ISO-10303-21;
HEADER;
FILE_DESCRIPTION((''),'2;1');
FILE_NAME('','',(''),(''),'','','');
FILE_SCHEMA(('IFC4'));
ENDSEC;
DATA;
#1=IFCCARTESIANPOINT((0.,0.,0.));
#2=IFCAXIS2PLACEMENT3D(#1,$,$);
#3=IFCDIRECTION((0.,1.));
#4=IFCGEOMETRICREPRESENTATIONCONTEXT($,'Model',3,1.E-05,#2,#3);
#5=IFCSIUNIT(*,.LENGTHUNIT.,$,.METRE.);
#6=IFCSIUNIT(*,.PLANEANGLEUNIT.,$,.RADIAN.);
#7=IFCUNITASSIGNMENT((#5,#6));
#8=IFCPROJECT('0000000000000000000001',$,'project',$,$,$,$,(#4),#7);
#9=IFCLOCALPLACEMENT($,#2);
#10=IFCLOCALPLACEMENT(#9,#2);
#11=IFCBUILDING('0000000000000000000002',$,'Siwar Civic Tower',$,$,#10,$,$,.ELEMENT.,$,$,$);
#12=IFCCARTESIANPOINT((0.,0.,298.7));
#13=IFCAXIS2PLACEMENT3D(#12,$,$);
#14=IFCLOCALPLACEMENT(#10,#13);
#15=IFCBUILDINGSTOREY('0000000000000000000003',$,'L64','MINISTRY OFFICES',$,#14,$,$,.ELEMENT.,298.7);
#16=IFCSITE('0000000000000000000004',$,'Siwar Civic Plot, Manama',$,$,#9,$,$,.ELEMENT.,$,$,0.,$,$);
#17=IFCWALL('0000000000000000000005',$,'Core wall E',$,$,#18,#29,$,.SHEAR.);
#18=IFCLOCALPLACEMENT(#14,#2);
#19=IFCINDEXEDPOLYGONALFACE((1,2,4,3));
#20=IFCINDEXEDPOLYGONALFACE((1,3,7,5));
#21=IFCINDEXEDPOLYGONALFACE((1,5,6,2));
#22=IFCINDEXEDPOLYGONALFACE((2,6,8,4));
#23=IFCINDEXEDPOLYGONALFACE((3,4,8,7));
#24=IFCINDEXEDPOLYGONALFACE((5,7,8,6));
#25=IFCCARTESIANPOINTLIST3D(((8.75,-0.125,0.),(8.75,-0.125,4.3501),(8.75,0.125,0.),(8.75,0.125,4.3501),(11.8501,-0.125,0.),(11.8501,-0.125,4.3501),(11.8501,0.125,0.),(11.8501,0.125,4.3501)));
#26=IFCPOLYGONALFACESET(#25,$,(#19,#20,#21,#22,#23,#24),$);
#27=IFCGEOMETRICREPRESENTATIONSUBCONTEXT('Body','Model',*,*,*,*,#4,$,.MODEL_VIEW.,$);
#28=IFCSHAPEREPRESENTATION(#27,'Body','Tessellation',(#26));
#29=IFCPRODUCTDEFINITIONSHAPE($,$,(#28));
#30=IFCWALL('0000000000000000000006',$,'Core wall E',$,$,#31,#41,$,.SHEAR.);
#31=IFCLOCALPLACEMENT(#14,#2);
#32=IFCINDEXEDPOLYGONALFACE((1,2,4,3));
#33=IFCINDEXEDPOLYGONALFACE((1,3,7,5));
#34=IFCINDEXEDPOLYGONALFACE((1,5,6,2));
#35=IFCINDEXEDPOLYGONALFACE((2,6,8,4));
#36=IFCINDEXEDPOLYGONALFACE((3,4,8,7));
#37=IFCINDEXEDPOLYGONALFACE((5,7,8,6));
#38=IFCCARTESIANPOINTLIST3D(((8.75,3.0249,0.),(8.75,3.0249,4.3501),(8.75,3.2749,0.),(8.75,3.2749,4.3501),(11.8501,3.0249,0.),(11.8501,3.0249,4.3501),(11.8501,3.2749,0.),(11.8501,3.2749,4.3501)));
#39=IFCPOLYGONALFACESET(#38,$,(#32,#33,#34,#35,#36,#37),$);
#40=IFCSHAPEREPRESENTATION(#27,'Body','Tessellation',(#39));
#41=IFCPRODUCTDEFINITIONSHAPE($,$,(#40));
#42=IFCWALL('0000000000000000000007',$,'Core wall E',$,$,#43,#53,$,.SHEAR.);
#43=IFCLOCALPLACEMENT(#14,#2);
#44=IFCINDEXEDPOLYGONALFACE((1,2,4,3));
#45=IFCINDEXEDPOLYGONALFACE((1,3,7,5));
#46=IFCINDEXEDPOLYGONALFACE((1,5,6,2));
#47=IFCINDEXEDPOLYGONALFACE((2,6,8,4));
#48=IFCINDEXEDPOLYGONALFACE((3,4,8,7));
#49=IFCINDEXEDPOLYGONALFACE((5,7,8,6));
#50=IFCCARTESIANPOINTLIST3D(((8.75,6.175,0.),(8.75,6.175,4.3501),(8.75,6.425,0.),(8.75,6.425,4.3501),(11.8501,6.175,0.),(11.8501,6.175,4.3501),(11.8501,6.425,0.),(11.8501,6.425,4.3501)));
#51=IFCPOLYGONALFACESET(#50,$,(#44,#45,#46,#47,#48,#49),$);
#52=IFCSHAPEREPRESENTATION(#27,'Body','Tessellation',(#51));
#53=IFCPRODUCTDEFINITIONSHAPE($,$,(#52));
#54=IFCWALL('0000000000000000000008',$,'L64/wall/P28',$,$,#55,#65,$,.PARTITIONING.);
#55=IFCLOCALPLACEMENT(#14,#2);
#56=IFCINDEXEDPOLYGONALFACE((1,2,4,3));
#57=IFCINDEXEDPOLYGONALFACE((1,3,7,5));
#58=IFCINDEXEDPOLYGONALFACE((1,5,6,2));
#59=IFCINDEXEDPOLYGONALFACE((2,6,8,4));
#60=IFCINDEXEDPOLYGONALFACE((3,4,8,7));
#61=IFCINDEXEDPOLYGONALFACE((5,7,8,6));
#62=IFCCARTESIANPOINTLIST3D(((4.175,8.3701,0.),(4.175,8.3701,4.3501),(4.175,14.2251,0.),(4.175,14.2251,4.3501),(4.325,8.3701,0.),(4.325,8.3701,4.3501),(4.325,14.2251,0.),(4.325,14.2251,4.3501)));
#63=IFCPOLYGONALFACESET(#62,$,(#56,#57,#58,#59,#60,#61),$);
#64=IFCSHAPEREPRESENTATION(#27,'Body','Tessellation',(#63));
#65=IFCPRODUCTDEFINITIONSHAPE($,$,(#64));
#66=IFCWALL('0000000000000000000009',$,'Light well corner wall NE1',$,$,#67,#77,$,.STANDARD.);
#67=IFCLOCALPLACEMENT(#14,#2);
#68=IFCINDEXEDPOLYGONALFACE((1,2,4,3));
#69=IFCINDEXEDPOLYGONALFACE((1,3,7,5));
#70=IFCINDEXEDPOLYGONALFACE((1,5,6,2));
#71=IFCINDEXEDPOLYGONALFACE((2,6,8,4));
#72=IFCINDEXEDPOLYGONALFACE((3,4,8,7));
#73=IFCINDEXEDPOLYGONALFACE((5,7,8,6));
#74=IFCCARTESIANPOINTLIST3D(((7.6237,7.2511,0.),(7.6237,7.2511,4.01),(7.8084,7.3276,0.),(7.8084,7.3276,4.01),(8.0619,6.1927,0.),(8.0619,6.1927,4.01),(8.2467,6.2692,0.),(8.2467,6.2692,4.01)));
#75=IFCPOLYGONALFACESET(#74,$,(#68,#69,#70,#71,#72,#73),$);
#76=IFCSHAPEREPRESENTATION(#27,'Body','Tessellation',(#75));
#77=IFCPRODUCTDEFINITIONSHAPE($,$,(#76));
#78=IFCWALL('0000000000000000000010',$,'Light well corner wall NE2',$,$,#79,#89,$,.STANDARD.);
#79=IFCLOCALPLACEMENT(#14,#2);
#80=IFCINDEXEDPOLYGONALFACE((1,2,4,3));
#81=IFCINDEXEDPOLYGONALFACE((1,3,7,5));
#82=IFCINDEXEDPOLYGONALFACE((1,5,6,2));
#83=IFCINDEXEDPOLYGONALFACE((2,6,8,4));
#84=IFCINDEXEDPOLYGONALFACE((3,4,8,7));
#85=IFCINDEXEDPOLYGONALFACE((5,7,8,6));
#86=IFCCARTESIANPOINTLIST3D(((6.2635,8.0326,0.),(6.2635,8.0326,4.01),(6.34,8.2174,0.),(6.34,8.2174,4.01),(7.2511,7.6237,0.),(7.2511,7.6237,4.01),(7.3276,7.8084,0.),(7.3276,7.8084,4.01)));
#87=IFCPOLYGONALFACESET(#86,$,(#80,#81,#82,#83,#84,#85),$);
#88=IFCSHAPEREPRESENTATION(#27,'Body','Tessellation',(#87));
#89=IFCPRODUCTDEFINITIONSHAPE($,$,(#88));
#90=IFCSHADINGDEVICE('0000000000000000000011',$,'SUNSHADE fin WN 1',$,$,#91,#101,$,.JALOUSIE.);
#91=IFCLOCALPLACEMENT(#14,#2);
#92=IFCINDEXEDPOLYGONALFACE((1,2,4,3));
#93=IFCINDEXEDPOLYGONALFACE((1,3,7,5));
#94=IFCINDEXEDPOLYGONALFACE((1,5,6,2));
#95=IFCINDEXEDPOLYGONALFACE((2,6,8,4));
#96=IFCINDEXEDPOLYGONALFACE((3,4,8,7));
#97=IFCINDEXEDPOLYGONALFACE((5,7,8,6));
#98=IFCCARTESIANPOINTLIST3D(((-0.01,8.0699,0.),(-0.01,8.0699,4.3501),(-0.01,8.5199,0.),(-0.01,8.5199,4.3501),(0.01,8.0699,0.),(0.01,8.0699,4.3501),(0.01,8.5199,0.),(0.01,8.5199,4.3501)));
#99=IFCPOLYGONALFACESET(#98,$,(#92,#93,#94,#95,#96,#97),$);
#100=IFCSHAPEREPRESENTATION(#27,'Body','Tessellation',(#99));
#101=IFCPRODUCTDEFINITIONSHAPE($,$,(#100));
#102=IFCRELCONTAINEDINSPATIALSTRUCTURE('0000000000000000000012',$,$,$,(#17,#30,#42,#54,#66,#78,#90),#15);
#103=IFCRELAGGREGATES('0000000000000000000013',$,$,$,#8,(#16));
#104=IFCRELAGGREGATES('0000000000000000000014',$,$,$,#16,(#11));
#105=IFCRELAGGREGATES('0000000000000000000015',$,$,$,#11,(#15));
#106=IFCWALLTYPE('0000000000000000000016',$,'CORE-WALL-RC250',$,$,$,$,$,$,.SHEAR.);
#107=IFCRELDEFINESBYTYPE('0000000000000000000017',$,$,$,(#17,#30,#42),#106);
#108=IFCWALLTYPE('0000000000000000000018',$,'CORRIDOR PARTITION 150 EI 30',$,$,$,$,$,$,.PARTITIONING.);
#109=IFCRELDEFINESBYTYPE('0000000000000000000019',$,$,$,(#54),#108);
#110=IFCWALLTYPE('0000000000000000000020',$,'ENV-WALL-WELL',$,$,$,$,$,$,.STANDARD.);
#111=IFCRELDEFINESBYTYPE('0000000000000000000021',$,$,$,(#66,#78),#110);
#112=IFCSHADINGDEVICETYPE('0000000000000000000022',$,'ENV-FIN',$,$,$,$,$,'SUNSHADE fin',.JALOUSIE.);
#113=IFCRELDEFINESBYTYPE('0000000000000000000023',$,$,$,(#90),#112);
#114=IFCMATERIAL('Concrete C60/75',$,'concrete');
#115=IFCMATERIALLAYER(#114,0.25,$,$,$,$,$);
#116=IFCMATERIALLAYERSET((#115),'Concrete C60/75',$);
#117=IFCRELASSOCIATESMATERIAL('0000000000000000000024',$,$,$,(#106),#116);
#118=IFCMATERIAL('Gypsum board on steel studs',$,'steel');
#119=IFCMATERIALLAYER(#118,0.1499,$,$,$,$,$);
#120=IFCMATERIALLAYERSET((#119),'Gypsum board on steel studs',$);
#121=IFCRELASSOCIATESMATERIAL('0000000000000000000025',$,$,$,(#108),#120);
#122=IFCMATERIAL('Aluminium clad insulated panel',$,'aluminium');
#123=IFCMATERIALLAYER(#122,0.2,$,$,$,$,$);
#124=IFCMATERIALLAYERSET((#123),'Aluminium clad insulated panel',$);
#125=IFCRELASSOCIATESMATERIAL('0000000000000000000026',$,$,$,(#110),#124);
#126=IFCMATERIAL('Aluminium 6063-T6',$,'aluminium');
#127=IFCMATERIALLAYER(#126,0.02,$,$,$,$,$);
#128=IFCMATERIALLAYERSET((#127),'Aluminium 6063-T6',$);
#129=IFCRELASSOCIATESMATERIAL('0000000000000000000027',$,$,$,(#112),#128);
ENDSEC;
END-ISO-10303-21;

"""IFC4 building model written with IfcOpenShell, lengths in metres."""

from ifc_helpers import new_model, si_unit, direction, frame, frame_2d, origin, origin_2d, place, context, subcontext, project, spatial, rectangle, extrude, material, layer, layer_set, type_object, element, save


model = new_model("IFC4")

# Units and contexts
model_context = context("Model", 3, precision=1e-05, world=origin(), true_north=direction((0.0, 1.0)))
body_context = subcontext(model_context, "Body", "Model", "MODEL_VIEW")
ifc_project = project(units=[si_unit("LENGTHUNIT", "METRE"), si_unit("PLANEANGLEUNIT", "RADIAN")], contexts=[model_context])

# Site, building, storey
site_placement = place(None, origin())
site = spatial("IfcSite", under=ifc_project, at=site_placement, Name="Siwar Civic Plot, Manama", CompositionType="ELEMENT", RefElevation=0.0)
building_placement = place(site_placement, origin())
building = spatial("IfcBuilding", under=site, at=building_placement, Name="Siwar Civic Tower", CompositionType="ELEMENT")
storey_placement = place(building_placement, frame((0.0, 0.0, 298.7)))
storey = spatial("IfcBuildingStorey", under=building, at=storey_placement, Name="L64", Description="MINISTRY OFFICES", CompositionType="ELEMENT", Elevation=298.7)

# Shared definitions
ifc_material_1 = material(Name="Concrete C60/75", Category="concrete")
ifc_layer_1 = layer(ifc_material_1, 0.25)
ifc_layer_set_1 = layer_set([ifc_layer_1], Name="Concrete C60/75")
wall_type_1 = type_object("IfcWallType", Name="CORE-WALL-RC250", PredefinedType="SHEAR", material=ifc_layer_set_1)

# Walls
for number, where, z_axis, x_axis, name in (
    (1, (8.75, 0.0, 0.0), (0.0, 0.0, 1.0), (1.0, 0.0, 0.0), "Core wall E"),
    (2, (8.75, 3.1499, 0.0), (0.0, 0.0, 1.0), (1.0, 0.0, 0.0), "Core wall E"),
    (3, (8.75, 6.3, 0.0), (0.0, 0.0, 1.0), (1.0, 0.0, 0.0), "Core wall E"),
):
    element("IfcWall", number, at=place(storey_placement, frame(where, z_axis=z_axis, x_axis=x_axis)), inside=storey, type_object=wall_type_1, Name=name, PredefinedType="SHEAR", context=body_context, shape_type="SweptSolid", body=[
        extrude(rectangle(XDim=3.1001, YDim=0.25, at=frame_2d((1.55, 0.0))), origin(), (0.0, 0.0, 1.0), 4.3501),
    ])
ifc_material_2 = material(Name="Gypsum board on steel studs", Category="steel")
ifc_layer_2 = layer(ifc_material_2, 0.1499)
ifc_layer_set_2 = layer_set([ifc_layer_2], Name="Gypsum board on steel studs")
wall_type_2 = type_object("IfcWallType", Name="CORRIDOR PARTITION 150 EI 30", PredefinedType="PARTITIONING", material=ifc_layer_set_2)
wall_1_placement = place(storey_placement, frame((4.25, 8.3701, 0.0), z_axis=(0.0, 0.0, 1.0), x_axis=(0.0, 1.0, 0.0)))
element("IfcWall", 4, at=wall_1_placement, inside=storey, type_object=wall_type_2, Name="L64/wall/P28", PredefinedType="PARTITIONING", context=body_context, shape_type="SweptSolid", body=[
    extrude(rectangle(XDim=5.855, YDim=0.1499, at=frame_2d((2.9275, 0.0))), origin(), (0.0, 0.0, 1.0), 4.3501),
])
ifc_material_3 = material(Name="Aluminium clad insulated panel", Category="aluminium")
ifc_layer_3 = layer(ifc_material_3, 0.2)
ifc_layer_set_3 = layer_set([ifc_layer_3], Name="Aluminium clad insulated panel")
wall_type_3 = type_object("IfcWallType", Name="ENV-WALL-WELL", PredefinedType="STANDARD", material=ifc_layer_set_3)
wall_2_placement = place(storey_placement, frame((8.1543, 6.231, 0.0), z_axis=(0.0, 0.0, 1.0), x_axis=(-0.382571, 0.923926, 0.0)))
element("IfcWall", 5, at=wall_2_placement, inside=storey, type_object=wall_type_3, Name="Light well corner wall NE1", PredefinedType="STANDARD", context=body_context, shape_type="SweptSolid", body=[
    extrude(rectangle(XDim=1.1455, YDim=0.2, at=frame_2d((0.5728, 0.0))), origin(), (0.0, 0.0, 1.0), 4.01),
])
wall_3_placement = place(storey_placement, frame((7.2893, 7.7161, 0.0), z_axis=(0.0, 0.0, 1.0), x_axis=(-0.923919, 0.382587, 0.0)))
element("IfcWall", 6, at=wall_3_placement, inside=storey, type_object=wall_type_3, Name="Light well corner wall NE2", PredefinedType="STANDARD", context=body_context, shape_type="SweptSolid", body=[
    extrude(rectangle(XDim=1.0688, YDim=0.2, at=frame_2d((0.5344, 0.0))), origin(), (0.0, 0.0, 1.0), 4.01),
])

# Shading device
ifc_material_4 = material(Name="Aluminium 6063-T6", Category="aluminium")
ifc_layer_4 = layer(ifc_material_4, 0.02)
ifc_layer_set_4 = layer_set([ifc_layer_4], Name="Aluminium 6063-T6")
shading_device_type = type_object("IfcShadingDeviceType", Name="ENV-FIN", ElementType="SUNSHADE fin", PredefinedType="JALOUSIE", material=ifc_layer_set_4)
shading_device_placement = place(storey_placement, frame((0.0, 8.2949, 0.0), z_axis=(0.0, 0.0, 1.0), x_axis=(-1.0, 0.0, 0.0)))
element("IfcShadingDevice", 7, at=shading_device_placement, inside=storey, type_object=shading_device_type, Name="SUNSHADE fin WN 1", PredefinedType="JALOUSIE", context=body_context, shape_type="SweptSolid", body=[
    extrude(rectangle(XDim=0.02, YDim=0.45, at=origin_2d()), origin(), (0.0, 0.0, 1.0), 4.3501),
])

save(model, "model.ifc")
